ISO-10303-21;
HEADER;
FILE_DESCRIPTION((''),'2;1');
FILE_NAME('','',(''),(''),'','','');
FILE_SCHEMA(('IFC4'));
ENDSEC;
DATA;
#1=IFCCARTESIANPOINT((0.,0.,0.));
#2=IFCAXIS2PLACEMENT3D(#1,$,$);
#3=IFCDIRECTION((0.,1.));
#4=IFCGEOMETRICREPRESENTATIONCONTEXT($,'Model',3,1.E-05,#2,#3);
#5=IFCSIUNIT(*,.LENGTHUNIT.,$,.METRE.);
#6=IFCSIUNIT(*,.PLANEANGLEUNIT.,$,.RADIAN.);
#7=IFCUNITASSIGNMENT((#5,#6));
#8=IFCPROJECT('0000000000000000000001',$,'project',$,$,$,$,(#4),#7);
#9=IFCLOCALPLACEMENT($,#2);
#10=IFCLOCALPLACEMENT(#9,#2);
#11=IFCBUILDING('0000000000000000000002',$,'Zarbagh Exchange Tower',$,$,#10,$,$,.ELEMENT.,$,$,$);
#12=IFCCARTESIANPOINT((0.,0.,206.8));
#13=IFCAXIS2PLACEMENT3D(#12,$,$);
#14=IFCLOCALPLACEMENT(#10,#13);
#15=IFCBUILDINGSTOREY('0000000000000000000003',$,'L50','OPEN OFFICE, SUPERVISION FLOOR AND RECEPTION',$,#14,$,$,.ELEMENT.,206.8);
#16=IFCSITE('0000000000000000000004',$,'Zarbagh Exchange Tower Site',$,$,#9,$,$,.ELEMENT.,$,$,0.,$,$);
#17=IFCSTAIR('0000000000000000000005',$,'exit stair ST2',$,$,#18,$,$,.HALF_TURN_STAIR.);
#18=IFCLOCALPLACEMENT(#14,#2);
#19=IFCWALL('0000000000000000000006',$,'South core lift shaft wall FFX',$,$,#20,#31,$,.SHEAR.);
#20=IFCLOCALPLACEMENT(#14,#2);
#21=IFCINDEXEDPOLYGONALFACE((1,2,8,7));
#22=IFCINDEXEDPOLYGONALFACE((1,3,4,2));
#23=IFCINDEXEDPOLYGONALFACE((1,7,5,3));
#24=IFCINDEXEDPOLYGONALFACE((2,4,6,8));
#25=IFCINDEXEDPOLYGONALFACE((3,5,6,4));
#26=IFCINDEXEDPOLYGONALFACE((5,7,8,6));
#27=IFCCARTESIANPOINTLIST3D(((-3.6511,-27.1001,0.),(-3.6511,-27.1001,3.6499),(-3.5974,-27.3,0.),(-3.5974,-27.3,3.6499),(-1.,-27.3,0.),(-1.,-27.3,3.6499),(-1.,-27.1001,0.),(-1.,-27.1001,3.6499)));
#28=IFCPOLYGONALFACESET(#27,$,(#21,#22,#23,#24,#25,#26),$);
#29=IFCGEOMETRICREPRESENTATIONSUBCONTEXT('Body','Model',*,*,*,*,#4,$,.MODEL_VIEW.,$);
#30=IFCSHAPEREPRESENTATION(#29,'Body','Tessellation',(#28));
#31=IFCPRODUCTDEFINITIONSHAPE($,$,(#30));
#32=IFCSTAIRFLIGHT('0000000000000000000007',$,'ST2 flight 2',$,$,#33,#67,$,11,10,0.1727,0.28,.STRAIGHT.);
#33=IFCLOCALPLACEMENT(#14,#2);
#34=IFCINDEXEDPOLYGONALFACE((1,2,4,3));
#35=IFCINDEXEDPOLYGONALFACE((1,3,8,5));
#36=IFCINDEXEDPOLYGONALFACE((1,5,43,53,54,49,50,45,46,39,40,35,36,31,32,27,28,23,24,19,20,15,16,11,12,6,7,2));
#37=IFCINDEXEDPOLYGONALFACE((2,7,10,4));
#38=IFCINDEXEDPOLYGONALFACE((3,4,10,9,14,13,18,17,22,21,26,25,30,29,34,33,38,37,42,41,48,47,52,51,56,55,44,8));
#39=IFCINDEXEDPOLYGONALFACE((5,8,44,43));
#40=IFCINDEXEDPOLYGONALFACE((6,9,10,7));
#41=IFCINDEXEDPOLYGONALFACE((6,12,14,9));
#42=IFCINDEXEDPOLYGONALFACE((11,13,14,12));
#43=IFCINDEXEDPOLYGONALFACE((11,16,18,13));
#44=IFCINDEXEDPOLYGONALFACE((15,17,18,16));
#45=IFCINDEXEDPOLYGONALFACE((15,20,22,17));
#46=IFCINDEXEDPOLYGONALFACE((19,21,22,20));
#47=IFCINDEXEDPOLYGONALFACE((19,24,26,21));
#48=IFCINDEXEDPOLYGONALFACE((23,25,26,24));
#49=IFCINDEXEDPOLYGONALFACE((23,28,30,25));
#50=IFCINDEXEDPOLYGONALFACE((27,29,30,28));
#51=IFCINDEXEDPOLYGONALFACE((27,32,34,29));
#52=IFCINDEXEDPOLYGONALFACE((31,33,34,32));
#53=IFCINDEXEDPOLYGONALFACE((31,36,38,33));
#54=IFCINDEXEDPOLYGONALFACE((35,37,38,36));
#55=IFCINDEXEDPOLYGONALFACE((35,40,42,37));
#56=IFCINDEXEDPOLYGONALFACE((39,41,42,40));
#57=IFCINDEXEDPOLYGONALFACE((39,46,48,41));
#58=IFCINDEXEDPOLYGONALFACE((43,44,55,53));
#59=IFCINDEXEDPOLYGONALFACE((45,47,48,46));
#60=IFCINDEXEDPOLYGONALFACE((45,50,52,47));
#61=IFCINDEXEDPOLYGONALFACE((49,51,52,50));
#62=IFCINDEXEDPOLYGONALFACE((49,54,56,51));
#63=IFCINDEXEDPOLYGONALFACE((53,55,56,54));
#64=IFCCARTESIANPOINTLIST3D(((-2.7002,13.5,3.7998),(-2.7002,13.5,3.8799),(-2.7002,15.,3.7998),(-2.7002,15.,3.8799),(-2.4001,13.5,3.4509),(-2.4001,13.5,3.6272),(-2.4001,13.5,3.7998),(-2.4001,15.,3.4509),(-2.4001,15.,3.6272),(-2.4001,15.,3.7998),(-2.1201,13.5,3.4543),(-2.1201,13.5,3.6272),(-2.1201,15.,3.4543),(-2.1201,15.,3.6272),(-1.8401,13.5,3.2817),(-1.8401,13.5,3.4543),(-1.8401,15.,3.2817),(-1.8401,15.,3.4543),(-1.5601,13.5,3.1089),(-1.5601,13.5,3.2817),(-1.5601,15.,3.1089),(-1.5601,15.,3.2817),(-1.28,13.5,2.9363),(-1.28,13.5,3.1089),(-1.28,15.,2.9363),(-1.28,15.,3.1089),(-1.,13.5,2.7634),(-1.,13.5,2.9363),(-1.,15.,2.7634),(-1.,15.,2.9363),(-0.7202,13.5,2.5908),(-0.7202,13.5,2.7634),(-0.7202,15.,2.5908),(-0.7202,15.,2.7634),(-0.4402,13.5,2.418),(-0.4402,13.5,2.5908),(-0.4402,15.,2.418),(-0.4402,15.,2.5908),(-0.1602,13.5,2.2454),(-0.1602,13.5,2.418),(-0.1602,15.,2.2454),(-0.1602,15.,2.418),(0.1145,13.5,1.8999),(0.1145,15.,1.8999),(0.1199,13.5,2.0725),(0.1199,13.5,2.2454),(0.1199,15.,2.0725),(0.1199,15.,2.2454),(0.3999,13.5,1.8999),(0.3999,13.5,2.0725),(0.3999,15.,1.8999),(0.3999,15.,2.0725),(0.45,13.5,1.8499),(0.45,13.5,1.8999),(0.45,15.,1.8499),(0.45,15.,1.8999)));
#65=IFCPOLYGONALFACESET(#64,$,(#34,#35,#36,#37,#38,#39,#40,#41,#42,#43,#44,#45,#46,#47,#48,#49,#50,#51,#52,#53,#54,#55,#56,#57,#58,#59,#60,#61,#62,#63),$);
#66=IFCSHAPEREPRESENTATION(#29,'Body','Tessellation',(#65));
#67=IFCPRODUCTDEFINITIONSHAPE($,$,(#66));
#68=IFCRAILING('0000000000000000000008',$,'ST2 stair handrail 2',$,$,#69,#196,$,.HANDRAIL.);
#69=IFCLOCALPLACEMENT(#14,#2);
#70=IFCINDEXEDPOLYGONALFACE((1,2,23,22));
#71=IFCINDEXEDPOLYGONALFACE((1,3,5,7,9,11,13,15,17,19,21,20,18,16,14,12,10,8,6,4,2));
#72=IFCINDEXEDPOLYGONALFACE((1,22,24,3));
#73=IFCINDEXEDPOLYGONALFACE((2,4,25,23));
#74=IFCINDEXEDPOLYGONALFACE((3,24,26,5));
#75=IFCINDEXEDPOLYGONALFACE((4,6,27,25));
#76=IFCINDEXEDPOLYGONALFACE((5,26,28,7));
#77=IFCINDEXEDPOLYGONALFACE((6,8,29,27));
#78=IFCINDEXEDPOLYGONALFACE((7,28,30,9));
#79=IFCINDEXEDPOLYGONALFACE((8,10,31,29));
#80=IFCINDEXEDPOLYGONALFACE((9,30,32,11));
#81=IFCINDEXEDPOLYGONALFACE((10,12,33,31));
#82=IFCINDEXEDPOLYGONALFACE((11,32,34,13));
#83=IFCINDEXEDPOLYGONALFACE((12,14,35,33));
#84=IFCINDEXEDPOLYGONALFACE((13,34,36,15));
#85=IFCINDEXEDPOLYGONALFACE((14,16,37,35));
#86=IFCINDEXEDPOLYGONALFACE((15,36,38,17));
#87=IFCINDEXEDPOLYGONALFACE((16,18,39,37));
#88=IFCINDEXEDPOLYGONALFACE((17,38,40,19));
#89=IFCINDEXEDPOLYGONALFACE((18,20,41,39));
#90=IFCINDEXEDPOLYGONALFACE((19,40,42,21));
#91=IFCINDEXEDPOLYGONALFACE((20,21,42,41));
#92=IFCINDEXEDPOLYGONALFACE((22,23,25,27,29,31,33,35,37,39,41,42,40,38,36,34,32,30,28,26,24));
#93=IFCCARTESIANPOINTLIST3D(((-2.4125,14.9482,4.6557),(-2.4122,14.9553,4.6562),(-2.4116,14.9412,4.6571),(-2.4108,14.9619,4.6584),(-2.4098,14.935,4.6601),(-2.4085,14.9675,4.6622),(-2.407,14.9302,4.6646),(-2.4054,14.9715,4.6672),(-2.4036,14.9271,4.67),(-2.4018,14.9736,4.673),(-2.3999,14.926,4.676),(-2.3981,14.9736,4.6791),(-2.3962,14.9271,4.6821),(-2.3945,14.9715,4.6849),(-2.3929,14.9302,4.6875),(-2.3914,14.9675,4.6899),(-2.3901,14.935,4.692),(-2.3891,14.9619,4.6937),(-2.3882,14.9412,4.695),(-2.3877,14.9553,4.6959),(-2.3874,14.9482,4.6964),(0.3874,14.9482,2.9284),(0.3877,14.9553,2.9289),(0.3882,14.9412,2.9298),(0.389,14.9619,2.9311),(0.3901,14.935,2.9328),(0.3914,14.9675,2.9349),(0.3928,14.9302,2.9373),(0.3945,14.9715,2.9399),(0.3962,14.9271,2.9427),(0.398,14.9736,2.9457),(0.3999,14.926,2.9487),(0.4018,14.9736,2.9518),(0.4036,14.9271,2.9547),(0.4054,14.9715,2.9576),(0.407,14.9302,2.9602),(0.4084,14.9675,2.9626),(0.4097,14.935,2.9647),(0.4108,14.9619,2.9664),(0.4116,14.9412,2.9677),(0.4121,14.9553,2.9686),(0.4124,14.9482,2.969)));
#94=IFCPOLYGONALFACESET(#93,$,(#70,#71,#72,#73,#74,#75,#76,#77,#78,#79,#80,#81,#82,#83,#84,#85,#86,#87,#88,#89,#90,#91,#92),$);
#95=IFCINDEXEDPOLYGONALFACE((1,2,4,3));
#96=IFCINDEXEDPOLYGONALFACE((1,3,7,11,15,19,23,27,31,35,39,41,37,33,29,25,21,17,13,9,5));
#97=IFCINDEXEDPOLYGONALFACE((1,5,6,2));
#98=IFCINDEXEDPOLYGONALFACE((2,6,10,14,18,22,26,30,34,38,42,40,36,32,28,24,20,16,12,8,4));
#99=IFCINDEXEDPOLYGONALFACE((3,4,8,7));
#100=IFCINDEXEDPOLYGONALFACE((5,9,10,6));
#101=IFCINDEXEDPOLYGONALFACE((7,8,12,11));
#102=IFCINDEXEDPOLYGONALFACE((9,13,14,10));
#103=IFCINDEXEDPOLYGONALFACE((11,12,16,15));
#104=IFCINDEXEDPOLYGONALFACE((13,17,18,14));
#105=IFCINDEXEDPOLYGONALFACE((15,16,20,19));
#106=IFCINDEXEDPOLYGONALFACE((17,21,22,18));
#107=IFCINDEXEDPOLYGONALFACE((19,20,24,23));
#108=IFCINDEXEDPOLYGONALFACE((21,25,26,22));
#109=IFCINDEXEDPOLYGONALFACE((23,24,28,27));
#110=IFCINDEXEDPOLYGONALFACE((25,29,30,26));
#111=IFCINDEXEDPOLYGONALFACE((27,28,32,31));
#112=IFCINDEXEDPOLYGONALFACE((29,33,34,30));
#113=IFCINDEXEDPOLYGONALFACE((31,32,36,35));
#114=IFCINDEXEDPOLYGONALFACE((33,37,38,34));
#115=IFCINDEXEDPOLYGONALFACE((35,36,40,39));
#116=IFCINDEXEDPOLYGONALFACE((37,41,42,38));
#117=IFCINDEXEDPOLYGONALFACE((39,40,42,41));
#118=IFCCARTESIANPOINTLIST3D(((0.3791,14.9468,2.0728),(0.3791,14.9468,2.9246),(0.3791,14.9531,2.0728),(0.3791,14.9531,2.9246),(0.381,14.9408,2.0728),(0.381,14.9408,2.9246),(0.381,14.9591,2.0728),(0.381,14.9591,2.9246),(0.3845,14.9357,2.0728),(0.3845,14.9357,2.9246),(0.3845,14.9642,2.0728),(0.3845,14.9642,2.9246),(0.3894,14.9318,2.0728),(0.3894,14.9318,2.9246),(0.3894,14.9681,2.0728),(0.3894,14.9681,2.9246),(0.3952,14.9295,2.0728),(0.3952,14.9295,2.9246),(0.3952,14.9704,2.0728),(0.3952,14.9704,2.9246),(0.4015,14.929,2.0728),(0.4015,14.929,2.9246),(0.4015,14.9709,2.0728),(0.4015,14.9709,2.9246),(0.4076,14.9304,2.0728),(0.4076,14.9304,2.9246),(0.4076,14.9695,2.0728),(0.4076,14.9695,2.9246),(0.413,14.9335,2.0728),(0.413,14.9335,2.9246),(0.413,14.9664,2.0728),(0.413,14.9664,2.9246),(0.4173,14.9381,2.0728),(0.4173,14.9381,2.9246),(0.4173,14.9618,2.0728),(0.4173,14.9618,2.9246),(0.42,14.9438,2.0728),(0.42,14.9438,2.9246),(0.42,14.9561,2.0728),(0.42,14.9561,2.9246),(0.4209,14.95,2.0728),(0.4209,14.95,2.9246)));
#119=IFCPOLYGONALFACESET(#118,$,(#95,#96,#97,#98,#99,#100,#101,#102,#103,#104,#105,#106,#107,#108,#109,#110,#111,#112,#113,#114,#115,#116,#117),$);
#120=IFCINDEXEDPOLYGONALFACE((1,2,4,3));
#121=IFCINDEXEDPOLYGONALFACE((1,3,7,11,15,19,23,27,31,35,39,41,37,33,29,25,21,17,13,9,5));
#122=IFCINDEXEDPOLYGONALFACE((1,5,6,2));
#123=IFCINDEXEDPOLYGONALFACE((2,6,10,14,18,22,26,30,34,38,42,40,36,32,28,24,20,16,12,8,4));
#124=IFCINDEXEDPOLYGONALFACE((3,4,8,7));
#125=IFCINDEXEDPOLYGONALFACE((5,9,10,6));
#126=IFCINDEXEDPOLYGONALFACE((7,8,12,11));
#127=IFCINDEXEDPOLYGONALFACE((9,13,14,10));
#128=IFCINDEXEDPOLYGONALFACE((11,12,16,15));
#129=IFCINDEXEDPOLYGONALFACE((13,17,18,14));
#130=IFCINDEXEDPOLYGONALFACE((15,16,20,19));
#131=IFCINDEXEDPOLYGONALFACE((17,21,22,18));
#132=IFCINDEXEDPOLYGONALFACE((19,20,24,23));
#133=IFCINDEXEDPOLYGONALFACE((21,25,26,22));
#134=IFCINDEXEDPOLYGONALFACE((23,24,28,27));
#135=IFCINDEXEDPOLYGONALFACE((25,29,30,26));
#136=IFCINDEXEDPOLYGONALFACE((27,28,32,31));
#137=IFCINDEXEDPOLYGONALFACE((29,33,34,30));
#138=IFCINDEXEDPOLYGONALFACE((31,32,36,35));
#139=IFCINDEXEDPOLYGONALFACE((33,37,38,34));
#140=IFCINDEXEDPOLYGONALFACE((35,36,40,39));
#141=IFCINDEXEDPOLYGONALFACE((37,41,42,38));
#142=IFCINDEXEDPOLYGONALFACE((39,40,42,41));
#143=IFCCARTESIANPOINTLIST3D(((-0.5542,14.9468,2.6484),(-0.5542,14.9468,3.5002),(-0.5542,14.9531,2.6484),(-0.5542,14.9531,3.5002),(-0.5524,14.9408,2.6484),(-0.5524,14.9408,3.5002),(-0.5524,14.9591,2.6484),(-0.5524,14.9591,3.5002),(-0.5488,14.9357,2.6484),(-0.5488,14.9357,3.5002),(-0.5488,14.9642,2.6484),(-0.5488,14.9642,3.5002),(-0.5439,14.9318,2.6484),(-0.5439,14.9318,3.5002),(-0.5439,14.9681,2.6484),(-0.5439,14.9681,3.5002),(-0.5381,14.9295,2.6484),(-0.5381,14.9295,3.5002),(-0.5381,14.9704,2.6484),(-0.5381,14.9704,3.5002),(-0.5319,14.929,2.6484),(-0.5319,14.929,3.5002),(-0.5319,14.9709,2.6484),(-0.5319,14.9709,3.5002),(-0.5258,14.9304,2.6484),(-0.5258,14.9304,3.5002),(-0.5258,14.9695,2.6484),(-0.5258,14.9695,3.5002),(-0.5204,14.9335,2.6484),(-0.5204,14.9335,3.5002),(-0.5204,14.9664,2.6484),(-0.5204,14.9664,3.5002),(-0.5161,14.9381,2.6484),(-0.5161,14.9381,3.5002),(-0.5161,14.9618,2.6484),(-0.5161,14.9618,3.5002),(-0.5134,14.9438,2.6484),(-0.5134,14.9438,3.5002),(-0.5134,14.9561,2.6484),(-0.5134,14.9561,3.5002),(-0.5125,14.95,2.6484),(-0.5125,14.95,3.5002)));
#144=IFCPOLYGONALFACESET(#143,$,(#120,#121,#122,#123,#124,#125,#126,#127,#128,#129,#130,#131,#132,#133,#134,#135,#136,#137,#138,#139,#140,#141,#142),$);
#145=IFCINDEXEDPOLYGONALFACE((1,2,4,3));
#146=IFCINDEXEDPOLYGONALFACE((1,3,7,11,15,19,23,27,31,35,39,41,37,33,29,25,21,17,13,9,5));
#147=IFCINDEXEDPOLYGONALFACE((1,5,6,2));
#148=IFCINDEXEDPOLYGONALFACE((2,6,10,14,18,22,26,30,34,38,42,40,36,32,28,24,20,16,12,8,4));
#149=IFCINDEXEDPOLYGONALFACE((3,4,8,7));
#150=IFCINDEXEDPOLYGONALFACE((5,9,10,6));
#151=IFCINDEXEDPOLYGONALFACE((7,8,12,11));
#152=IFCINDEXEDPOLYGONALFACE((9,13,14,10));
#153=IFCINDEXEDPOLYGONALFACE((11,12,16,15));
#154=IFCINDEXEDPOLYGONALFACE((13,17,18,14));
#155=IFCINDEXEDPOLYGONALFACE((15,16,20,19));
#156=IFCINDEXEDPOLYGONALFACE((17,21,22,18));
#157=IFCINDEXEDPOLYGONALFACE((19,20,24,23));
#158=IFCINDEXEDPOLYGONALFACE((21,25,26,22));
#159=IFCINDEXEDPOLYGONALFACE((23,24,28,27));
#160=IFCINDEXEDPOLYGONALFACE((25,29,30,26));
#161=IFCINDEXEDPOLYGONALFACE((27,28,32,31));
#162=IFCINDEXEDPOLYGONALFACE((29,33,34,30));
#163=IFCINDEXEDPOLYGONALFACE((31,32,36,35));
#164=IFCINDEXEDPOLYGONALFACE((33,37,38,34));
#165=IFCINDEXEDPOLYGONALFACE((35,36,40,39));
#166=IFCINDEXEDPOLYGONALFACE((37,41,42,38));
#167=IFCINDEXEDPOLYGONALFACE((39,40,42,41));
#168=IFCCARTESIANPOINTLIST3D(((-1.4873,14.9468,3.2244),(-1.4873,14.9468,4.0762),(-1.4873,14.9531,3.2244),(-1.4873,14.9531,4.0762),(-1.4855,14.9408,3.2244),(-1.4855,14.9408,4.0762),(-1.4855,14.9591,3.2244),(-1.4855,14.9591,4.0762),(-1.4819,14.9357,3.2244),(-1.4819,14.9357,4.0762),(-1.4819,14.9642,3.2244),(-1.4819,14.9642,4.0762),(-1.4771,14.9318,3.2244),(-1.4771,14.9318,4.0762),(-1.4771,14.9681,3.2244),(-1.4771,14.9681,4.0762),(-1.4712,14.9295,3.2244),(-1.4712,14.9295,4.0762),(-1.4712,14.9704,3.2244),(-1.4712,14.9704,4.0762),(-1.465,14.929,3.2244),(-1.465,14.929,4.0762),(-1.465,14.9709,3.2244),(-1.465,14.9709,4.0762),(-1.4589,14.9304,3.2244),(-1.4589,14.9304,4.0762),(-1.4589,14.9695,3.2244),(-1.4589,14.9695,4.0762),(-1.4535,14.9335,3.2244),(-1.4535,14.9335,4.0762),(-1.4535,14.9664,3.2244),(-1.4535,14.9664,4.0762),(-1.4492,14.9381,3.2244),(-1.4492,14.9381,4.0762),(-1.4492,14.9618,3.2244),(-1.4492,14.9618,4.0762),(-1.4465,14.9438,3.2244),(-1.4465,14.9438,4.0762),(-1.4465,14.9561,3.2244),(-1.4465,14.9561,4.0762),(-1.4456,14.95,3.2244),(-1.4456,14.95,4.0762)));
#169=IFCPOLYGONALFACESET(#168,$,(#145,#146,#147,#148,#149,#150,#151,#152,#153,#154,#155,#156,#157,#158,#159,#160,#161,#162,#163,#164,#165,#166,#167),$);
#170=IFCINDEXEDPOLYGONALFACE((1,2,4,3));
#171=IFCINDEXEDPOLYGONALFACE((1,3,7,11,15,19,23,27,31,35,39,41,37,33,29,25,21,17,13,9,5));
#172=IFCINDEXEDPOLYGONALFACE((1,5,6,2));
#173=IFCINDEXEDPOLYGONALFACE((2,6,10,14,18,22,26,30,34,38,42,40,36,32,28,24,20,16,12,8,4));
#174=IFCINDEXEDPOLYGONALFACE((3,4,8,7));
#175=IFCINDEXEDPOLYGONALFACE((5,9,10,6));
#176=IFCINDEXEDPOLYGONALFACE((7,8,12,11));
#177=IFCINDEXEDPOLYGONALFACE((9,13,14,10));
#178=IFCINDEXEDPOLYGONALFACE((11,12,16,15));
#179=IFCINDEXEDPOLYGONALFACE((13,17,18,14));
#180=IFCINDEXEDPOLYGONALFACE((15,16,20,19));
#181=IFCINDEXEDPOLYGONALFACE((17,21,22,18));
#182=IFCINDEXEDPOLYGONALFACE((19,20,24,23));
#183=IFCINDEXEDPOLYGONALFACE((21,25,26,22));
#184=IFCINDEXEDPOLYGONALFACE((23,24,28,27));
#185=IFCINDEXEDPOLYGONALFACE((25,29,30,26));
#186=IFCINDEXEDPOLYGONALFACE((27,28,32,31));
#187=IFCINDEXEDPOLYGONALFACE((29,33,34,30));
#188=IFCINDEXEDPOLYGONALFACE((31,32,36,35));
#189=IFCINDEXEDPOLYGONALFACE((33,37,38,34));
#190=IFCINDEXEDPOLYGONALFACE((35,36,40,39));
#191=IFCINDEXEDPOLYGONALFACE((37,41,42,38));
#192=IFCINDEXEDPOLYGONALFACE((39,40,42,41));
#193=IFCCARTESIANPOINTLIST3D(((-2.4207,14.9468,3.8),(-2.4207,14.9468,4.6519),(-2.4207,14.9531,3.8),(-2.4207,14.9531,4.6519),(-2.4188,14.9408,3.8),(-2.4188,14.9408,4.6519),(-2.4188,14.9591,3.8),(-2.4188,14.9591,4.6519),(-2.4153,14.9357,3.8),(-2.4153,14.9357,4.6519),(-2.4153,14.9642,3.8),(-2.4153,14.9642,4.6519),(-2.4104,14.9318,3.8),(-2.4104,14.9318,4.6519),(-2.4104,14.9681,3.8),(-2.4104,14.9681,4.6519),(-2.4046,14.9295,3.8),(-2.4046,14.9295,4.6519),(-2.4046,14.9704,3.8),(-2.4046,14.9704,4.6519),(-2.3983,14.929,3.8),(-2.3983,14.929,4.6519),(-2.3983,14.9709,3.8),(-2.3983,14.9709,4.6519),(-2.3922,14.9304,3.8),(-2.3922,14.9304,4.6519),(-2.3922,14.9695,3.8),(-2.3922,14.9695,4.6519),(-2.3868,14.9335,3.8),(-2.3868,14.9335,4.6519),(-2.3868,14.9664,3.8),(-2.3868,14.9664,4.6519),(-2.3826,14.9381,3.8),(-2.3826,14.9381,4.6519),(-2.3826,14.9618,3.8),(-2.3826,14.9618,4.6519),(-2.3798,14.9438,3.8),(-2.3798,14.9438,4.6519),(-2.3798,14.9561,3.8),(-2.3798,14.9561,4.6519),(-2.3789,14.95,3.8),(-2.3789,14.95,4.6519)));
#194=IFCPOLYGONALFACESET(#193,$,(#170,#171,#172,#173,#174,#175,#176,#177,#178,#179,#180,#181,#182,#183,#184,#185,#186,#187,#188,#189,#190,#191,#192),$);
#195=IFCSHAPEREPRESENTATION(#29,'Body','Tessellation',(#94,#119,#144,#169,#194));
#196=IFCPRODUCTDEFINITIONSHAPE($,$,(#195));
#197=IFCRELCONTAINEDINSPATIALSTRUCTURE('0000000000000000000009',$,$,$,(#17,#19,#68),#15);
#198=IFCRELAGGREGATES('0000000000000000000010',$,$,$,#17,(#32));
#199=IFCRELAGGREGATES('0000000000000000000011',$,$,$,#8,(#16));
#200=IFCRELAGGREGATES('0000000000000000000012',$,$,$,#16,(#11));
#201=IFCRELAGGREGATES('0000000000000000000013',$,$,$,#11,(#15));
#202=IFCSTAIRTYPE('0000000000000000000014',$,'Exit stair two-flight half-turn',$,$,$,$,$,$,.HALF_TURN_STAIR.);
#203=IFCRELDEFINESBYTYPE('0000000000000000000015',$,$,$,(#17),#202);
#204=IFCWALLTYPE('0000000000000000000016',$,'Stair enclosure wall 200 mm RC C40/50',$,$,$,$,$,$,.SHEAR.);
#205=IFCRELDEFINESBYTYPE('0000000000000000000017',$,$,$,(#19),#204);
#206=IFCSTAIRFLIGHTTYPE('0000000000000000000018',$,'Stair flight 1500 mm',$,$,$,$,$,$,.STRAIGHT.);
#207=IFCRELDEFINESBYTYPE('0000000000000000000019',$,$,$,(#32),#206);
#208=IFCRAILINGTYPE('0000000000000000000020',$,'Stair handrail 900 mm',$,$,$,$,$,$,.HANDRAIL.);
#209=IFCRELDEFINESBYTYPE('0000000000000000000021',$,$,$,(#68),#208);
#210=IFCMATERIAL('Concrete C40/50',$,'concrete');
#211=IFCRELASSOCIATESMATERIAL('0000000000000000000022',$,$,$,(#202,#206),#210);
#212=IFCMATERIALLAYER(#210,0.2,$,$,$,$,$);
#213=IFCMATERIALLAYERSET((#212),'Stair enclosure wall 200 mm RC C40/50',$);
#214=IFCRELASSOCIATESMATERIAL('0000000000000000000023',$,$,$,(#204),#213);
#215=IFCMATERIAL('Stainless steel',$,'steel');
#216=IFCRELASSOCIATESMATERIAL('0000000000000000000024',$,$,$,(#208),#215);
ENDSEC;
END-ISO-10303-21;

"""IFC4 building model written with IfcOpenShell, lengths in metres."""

from ifc_helpers import new_model, si_unit, direction, frame, origin, origin_2d, place, context, subcontext, project, spatial, polyline, circle, outline, extrude, material, layer, layer_set, type_object, element, aggregate, save


model = new_model("IFC4")

# Units and contexts
model_context = context("Model", 3, precision=1e-05, world=origin(), true_north=direction((0.0, 1.0)))
body_context = subcontext(model_context, "Body", "Model", "MODEL_VIEW")
ifc_project = project(units=[si_unit("LENGTHUNIT", "METRE"), si_unit("PLANEANGLEUNIT", "RADIAN")], contexts=[model_context])

# Site, building, storey
site_placement = place(None, origin())
site = spatial("IfcSite", under=ifc_project, at=site_placement, Name="Zarbagh Exchange Tower Site", CompositionType="ELEMENT", RefElevation=0.0)
building_placement = place(site_placement, origin())
building = spatial("IfcBuilding", under=site, at=building_placement, Name="Zarbagh Exchange Tower", CompositionType="ELEMENT")
storey_placement = place(building_placement, frame((0.0, 0.0, 206.8)))
storey = spatial("IfcBuildingStorey", under=building, at=storey_placement, Name="L50", Description="OPEN OFFICE, SUPERVISION FLOOR AND RECEPTION", CompositionType="ELEMENT", Elevation=206.8)

# Stair
ifc_material_1 = material(Name="Concrete C40/50", Category="concrete")
stair_type = type_object("IfcStairType", Name="Exit stair two-flight half-turn", PredefinedType="HALF_TURN_STAIR", material=ifc_material_1)
stair_1_placement = place(storey_placement, origin())
stair_1 = element("IfcStair", 1, at=stair_1_placement, inside=storey, type_object=stair_type, Name="exit stair ST2", PredefinedType="HALF_TURN_STAIR")

# Shared definitions
ifc_layer_1 = layer(ifc_material_1, 0.2)
ifc_layer_set_1 = layer_set([ifc_layer_1], Name="Stair enclosure wall 200 mm RC C40/50")
wall_type_1 = type_object("IfcWallType", Name="Stair enclosure wall 200 mm RC C40/50", PredefinedType="SHEAR", material=ifc_layer_set_1)
ifc_material_2 = material(Name="Stainless steel", Category="steel")

# Wall
wall_1_placement = place(storey_placement, origin())
element("IfcWall", 2, at=wall_1_placement, inside=storey, type_object=wall_type_1, Name="South core lift shaft wall FFX", PredefinedType="SHEAR", context=body_context, shape_type="SweptSolid", body=[
    extrude(outline(polyline([(-1.0, -27.1001), (-3.6511, -27.1001), (-3.5974, -27.3), (-1.0, -27.3), (-1.0, -27.1001)])), origin(), (0.0, 0.0, 1.0), 3.6499),
])

# Stair flight
stair_flight_type = type_object("IfcStairFlightType", Name="Stair flight 1500 mm", PredefinedType="STRAIGHT", material=ifc_material_1)
stair_flight_placement = place(storey_placement, frame((0.3999, 14.25, 1.8999), z_axis=(0.0, 0.0, 1.0), x_axis=(-1.0, 0.0, 0.0)))
stair_flight = element("IfcStairFlight", 3, at=stair_flight_placement, type_object=stair_flight_type, Name="ST2 flight 2", NumberOfRisers=11, NumberOfTreads=10, PredefinedType="STRAIGHT", RiserHeight=0.1727, TreadLength=0.28, context=body_context, shape_type="SweptSolid", body=[
    extrude(outline(polyline([(-0.05, -0.05), (-0.05, 0.0), (0.0, 0.0), (0.0, 0.1726), (0.28, 0.1726), (0.28, 0.3455), (0.5601, 0.3455), (0.5601, 0.5181), (0.8401, 0.5181), (0.8401, 0.6909), (1.1201, 0.6909), (1.1201, 0.8635), (1.3999, 0.8635), (1.3999, 1.0364), (1.6799, 1.0364), (1.6799, 1.209), (1.96, 1.209), (1.96, 1.3818), (2.24, 1.3818), (2.24, 1.5544), (2.52, 1.5544), (2.52, 1.7273), (2.8, 1.7273), (2.8, 1.8999), (3.1001, 1.98), (3.1001, 1.8999), (2.8, 1.551), (0.2854, 0.0), (-0.05, -0.05)])), frame((0.0, 0.75, 0.0), z_axis=(0.0, -1.0, 0.0), x_axis=(1.0, 0.0, 0.0)), (0.0, 0.0, 1.0), 1.5),
])
aggregate(stair_1, [stair_flight])

# Railing
railing_type = type_object("IfcRailingType", Name="Stair handrail 900 mm", PredefinedType="HANDRAIL", material=ifc_material_2)
railing_placement = place(storey_placement, frame((0.3999, 14.95, 2.0728)))
element("IfcRailing", 4, at=railing_placement, inside=storey, type_object=railing_type, Name="ST2 stair handrail 2", PredefinedType="HANDRAIL", context=body_context, shape_type="SweptSolid", body=[
    extrude(circle(Radius=0.0239, at=origin_2d()), frame((0.0, 0.0, 0.876), z_axis=(-0.851069, 0.0, 0.525054), x_axis=(0.0, -1.0, 0.0)), (0.0, 0.0, 1.0), 3.2898),
    extrude(circle(Radius=0.021, at=origin_2d()), origin(), (0.0, 0.0, 1.0), 0.8518),
    extrude(circle(Radius=0.021, at=origin_2d()), frame((-0.9333, 0.0, 0.5757)), (0.0, 0.0, 1.0), 0.8518),
    extrude(circle(Radius=0.021, at=origin_2d()), frame((-1.8665, 0.0, 1.1516)), (0.0, 0.0, 1.0), 0.8518),
    extrude(circle(Radius=0.021, at=origin_2d()), frame((-2.7998, 0.0, 1.7273)), (0.0, 0.0, 1.0), 0.8518),
])

save(model, "model.ifc")
